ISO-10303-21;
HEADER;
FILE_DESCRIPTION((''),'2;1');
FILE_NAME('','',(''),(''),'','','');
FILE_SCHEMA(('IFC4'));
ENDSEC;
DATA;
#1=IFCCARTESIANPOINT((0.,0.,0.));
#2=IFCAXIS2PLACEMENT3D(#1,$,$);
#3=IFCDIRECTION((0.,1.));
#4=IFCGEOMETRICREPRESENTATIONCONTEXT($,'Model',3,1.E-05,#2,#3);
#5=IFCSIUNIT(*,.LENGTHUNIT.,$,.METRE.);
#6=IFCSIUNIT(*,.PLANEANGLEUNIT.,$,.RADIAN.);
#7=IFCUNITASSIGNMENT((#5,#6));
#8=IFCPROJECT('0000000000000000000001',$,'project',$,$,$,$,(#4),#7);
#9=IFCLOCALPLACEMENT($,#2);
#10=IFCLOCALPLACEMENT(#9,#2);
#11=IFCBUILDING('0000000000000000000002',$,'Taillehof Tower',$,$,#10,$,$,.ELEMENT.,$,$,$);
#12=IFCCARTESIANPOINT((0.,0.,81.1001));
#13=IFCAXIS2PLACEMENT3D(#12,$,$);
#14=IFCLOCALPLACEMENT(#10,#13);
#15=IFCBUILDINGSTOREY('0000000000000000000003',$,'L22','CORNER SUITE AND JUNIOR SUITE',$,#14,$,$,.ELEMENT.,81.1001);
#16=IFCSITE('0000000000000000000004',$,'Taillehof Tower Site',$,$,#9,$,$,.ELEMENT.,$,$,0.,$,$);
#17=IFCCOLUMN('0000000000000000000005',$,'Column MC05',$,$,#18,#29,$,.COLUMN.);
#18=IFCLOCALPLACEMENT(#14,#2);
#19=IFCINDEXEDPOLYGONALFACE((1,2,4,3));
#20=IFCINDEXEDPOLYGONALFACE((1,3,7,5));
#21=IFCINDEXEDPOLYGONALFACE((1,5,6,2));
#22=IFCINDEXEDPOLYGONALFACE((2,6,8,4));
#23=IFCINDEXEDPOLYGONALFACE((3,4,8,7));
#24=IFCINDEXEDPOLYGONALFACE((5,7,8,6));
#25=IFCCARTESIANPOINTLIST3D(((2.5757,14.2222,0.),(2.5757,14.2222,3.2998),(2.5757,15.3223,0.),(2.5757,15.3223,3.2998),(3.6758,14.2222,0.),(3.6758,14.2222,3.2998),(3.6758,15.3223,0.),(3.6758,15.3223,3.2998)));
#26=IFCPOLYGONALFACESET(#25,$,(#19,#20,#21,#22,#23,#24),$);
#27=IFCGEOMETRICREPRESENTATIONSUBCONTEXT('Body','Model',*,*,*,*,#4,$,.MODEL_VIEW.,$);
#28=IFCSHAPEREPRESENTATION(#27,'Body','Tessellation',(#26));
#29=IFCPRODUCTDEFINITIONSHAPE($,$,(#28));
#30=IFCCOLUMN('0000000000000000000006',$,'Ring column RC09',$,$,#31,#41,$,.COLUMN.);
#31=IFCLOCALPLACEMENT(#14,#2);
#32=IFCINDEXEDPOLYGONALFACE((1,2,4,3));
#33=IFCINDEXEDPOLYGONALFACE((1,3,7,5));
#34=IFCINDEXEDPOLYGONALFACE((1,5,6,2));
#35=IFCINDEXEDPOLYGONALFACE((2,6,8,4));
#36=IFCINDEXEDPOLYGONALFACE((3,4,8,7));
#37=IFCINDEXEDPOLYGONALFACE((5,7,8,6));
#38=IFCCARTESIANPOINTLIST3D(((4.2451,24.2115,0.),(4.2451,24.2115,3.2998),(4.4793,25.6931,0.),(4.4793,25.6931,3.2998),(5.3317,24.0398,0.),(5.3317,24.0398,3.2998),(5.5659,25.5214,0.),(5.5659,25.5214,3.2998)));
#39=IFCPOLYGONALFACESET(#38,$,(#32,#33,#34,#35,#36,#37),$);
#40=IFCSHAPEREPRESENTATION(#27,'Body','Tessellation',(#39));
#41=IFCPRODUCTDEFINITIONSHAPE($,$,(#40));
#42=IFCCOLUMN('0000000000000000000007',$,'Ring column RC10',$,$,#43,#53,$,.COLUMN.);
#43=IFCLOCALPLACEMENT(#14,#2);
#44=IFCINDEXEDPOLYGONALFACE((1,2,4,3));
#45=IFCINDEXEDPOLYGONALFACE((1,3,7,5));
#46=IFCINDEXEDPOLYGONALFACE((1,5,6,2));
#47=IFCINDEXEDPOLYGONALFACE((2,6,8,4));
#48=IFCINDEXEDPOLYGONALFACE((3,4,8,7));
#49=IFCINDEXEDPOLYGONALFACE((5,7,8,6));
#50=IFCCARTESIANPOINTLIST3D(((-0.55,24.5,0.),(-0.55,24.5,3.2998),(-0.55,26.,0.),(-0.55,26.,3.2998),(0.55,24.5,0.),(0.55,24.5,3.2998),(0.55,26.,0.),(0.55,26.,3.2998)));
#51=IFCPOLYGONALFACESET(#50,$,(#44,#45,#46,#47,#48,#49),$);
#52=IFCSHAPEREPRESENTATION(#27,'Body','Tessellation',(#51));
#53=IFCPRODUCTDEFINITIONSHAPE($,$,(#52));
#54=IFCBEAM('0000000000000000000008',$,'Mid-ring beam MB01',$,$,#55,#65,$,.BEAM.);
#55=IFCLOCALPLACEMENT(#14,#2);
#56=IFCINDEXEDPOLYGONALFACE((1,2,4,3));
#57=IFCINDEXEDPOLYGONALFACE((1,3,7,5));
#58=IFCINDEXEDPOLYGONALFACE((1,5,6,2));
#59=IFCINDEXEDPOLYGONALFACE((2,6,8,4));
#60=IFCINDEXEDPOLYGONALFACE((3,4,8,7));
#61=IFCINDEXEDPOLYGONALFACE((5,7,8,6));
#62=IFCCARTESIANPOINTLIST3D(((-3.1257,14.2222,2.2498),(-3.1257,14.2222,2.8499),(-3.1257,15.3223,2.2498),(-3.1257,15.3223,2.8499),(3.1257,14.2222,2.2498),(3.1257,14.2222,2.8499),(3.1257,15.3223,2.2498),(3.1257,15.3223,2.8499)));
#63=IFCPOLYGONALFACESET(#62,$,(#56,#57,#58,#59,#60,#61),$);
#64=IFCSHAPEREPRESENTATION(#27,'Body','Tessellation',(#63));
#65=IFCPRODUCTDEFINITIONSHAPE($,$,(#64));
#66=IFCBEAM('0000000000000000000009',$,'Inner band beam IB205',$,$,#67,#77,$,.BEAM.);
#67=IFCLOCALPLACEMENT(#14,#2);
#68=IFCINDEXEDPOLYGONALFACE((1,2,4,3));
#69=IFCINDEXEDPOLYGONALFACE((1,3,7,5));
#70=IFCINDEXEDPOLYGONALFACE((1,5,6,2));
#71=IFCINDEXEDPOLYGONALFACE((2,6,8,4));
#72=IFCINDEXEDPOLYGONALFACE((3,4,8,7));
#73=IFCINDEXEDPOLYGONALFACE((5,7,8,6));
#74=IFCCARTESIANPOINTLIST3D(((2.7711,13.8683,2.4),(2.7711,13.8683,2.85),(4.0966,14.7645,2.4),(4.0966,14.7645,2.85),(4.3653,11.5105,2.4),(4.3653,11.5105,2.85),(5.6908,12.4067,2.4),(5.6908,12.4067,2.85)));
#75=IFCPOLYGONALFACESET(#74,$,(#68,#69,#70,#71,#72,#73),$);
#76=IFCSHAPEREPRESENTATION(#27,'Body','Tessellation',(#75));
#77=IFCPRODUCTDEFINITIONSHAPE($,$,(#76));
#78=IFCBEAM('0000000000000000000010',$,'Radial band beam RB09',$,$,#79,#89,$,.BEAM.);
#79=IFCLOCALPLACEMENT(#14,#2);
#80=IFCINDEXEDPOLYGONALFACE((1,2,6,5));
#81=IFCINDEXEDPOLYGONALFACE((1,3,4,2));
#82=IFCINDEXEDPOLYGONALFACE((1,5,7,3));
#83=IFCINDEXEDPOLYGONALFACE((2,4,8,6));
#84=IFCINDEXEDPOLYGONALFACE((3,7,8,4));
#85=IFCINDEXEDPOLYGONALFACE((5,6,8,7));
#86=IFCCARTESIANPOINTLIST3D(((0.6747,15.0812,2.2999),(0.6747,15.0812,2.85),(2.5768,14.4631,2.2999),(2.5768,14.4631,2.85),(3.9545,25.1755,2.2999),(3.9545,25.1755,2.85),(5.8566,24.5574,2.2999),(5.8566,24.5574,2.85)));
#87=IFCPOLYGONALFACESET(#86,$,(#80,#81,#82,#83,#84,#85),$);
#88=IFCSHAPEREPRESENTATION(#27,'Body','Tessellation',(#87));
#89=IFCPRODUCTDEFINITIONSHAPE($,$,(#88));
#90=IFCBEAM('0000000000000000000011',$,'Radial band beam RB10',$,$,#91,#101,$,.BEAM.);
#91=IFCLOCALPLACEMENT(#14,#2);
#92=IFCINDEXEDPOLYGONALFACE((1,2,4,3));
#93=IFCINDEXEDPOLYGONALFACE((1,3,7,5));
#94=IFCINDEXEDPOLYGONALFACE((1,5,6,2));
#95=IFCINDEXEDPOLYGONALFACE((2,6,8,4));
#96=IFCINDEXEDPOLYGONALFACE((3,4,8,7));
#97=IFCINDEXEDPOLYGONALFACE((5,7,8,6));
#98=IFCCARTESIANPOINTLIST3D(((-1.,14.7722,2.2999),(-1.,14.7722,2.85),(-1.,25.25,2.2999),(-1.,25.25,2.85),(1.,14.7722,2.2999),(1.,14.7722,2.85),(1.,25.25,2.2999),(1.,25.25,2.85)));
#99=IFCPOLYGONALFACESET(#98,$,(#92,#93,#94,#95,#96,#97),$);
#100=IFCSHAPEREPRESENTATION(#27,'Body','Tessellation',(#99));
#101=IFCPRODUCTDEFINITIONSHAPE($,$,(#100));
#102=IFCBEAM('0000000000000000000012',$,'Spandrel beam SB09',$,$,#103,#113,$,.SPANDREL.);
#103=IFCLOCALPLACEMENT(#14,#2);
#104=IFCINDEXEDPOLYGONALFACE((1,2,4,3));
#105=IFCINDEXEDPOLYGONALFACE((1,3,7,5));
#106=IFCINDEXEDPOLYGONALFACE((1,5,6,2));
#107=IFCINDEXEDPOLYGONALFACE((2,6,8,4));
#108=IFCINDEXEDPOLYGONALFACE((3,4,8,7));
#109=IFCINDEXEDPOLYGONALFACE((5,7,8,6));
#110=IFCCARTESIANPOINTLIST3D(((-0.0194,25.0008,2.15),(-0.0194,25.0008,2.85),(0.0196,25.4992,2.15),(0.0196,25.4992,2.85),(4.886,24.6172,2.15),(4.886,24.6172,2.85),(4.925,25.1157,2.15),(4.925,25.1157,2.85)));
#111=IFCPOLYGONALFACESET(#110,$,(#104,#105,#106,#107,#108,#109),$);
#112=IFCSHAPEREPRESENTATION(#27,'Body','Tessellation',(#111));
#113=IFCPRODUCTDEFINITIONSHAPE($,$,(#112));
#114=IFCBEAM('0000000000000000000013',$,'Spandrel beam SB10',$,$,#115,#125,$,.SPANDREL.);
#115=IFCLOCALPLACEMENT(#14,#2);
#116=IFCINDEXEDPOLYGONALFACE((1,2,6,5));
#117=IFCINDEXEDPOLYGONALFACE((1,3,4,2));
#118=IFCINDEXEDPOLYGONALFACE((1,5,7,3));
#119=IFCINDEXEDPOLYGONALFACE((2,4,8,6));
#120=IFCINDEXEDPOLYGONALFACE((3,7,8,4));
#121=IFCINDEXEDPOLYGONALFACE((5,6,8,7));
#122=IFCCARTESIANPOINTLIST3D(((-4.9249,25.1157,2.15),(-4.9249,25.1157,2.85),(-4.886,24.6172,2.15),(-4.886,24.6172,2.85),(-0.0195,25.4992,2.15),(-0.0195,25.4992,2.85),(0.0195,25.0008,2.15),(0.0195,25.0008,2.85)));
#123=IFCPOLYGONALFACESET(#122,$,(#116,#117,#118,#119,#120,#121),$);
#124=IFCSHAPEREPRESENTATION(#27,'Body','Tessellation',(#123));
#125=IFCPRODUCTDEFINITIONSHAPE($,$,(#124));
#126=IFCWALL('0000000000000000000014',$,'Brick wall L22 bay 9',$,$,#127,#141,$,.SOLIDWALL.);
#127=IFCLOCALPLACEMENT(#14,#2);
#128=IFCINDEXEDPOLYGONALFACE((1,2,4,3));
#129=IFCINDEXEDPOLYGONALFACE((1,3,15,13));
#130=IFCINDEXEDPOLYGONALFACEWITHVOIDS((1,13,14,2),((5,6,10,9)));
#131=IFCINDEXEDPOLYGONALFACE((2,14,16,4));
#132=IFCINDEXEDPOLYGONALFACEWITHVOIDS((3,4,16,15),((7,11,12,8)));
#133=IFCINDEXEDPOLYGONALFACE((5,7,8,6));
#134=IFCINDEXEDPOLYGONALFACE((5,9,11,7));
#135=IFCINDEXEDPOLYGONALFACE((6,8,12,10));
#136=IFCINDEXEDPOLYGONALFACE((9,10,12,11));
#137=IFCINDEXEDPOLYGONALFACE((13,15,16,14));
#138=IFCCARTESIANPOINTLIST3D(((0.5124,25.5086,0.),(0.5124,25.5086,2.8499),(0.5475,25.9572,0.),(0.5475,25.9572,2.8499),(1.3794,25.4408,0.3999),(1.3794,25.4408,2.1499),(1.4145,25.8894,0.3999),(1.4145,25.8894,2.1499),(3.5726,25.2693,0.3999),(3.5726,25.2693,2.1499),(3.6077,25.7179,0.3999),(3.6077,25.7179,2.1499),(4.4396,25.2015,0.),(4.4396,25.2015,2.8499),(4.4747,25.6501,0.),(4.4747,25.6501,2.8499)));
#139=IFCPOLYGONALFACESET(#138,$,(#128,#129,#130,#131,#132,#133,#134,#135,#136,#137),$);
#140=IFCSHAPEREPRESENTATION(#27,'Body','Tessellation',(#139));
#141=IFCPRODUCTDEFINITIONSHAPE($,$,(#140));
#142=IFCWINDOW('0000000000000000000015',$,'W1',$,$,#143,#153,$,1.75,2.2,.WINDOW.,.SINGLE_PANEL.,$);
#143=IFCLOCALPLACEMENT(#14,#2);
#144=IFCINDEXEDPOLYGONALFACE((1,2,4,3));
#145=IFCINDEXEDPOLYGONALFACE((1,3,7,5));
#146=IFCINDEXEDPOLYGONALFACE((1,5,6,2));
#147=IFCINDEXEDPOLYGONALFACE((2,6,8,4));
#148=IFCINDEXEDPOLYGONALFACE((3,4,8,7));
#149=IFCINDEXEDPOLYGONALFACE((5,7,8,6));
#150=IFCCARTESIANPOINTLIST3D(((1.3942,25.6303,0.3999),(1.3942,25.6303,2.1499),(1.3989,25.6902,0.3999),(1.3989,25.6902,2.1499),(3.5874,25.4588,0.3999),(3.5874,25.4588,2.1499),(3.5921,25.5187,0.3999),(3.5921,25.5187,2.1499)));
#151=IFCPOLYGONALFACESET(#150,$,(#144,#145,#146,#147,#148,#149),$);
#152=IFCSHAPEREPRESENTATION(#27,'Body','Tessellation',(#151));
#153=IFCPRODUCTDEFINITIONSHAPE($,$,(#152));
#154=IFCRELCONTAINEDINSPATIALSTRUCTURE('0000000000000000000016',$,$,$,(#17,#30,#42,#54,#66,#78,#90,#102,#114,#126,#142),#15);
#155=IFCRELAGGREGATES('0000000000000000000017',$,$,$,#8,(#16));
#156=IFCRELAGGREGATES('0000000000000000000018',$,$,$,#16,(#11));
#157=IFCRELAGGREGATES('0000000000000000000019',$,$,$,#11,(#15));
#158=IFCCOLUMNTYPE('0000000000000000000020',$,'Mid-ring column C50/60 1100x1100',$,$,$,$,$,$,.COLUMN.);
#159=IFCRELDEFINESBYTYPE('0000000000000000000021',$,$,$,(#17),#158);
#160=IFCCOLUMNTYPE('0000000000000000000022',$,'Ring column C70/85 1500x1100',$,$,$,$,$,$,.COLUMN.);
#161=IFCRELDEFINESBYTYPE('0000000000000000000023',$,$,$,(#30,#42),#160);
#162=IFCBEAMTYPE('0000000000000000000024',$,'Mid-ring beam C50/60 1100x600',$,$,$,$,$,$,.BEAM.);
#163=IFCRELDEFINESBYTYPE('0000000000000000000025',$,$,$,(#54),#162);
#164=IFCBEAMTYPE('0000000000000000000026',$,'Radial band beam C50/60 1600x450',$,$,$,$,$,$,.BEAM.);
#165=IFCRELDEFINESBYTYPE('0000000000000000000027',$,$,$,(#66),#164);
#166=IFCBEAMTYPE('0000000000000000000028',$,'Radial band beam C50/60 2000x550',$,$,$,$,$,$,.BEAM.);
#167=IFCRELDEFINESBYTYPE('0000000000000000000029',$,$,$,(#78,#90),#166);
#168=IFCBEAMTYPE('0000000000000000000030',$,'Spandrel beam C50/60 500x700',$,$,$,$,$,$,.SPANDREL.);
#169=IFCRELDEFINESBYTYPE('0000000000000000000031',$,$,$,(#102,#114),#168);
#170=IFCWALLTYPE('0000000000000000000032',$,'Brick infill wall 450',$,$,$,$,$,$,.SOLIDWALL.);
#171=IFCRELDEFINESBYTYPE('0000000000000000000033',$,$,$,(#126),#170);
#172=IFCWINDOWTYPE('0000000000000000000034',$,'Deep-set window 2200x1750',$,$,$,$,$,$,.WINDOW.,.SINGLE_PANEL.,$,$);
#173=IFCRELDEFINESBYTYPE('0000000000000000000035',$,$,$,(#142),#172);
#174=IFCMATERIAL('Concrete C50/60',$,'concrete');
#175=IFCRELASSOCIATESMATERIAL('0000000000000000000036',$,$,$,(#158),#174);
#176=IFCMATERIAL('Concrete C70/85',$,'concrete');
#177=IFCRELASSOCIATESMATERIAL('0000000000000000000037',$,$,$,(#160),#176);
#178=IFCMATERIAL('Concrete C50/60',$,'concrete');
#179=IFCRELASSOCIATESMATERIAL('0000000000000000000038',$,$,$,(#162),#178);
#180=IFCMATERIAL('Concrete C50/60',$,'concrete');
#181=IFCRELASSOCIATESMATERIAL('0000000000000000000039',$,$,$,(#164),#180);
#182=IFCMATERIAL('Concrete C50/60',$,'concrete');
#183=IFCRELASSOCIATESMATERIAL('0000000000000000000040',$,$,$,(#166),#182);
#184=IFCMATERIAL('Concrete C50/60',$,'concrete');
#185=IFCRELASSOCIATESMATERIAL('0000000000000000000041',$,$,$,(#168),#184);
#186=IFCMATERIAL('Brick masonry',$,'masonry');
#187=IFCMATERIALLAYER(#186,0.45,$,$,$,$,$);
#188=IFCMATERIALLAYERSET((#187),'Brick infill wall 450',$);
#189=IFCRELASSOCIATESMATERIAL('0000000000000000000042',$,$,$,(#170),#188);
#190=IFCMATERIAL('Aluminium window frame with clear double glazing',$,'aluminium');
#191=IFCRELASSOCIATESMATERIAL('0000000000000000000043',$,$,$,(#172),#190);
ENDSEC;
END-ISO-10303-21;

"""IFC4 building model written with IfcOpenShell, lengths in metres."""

from ifc_helpers import new_model, si_unit, direction, frame, frame_2d, origin, origin_2d, place, context, subcontext, project, spatial, rectangle, extrude, material, layer, layer_set, material_profile, profile_set, type_object, element, fill, save


model = new_model("IFC4")

# Units and contexts
model_context = context("Model", 3, precision=1e-05, world=origin(), true_north=direction((0.0, 1.0)))
body_context = subcontext(model_context, "Body", "Model", "MODEL_VIEW")
ifc_project = project(units=[si_unit("LENGTHUNIT", "METRE"), si_unit("PLANEANGLEUNIT", "RADIAN")], contexts=[model_context])

# Site, building, storey
site_placement = place(None, origin())
site = spatial("IfcSite", under=ifc_project, at=site_placement, Name="Taillehof Tower Site", CompositionType="ELEMENT", RefElevation=0.0)
building_placement = place(site_placement, origin())
building = spatial("IfcBuilding", under=site, at=building_placement, Name="Taillehof Tower", CompositionType="ELEMENT")
storey_placement = place(building_placement, frame((0.0, 0.0, 81.1001)))
storey = spatial("IfcBuildingStorey", under=building, at=storey_placement, Name="L22", Description="CORNER SUITE AND JUNIOR SUITE", CompositionType="ELEMENT", Elevation=81.1001)

# Columns
ifc_material_1 = material(Name="Concrete C50/60", Category="concrete")
ifc_material_profile_1 = material_profile(ifc_material_1, rectangle(XDim=1.1001, YDim=1.1001, at=origin_2d()), Name="RC 1100x1100")
ifc_profile_set_1 = profile_set([ifc_material_profile_1], Name="Concrete C50/60")
column_type_1 = type_object("IfcColumnType", Name="Mid-ring column C50/60 1100x1100", PredefinedType="COLUMN", material=ifc_profile_set_1)
column_placement = place(storey_placement, frame((3.1257, 14.7722, 0.0), z_axis=(0.0, 0.0, 1.0), x_axis=(1.0, 0.0, 0.0)))
element("IfcColumn", 1, at=column_placement, inside=storey, type_object=column_type_1, Name="Column MC05", PredefinedType="COLUMN", context=body_context, shape_type="SweptSolid", body=[
    extrude(rectangle(XDim=1.1001, YDim=1.1001, at=origin_2d()), origin(), (0.0, 0.0, 1.0), 3.2998),
])
ifc_material_2 = material(Name="Concrete C70/85", Category="concrete")
ifc_material_profile_2 = material_profile(ifc_material_2, rectangle(XDim=1.5, YDim=1.1001, at=origin_2d()), Name="RC 1500x1100")
ifc_profile_set_2 = profile_set([ifc_material_profile_2], Name="Concrete C70/85")
column_type_2 = type_object("IfcColumnType", Name="Ring column C70/85 1500x1100", PredefinedType="COLUMN", material=ifc_profile_set_2)
for number, where, z_axis, x_axis, name in (
    (2, (4.9055, 24.8665, 0.0), (0.0, 0.0, 1.0), (0.156147, 0.987734, 0.0), "Ring column RC09"),
    (3, (0.0, 25.25, 0.0), (0.0, 0.0, 1.0), (0.0, 1.0, 0.0), "Ring column RC10"),
):
    element("IfcColumn", number, at=place(storey_placement, frame(where, z_axis=z_axis, x_axis=x_axis)), inside=storey, type_object=column_type_2, Name=name, PredefinedType="COLUMN", context=body_context, shape_type="SweptSolid", body=[
        extrude(rectangle(XDim=1.5, YDim=1.1001, at=origin_2d()), origin(), (0.0, 0.0, 1.0), 3.2998),
    ])

# Beams
ifc_material_3 = material(Name="Concrete C50/60", Category="concrete")
ifc_material_profile_3 = material_profile(ifc_material_3, rectangle(XDim=1.1001, YDim=0.6001, at=origin_2d()), Name="RC 1100x600")
ifc_profile_set_3 = profile_set([ifc_material_profile_3], Name="Concrete C50/60")
beam_type_1 = type_object("IfcBeamType", Name="Mid-ring beam C50/60 1100x600", PredefinedType="BEAM", material=ifc_profile_set_3)
beam_1_placement = place(storey_placement, frame((3.1257, 14.7722, 2.5498), z_axis=(-1.0, 0.0, 0.0), x_axis=(0.0, -1.0, 0.0)))
element("IfcBeam", 4, at=beam_1_placement, inside=storey, type_object=beam_type_1, Name="Mid-ring beam MB01", PredefinedType="BEAM", context=body_context, shape_type="SweptSolid", body=[
    extrude(rectangle(XDim=1.1001, YDim=0.6001, at=origin_2d()), origin(), (0.0, 0.0, 1.0), 6.2515),
])
ifc_material_4 = material(Name="Concrete C50/60", Category="concrete")
ifc_material_profile_4 = material_profile(ifc_material_4, rectangle(XDim=1.6001, YDim=0.45, at=origin_2d()), Name="RC 1600x450")
ifc_profile_set_4 = profile_set([ifc_material_profile_4], Name="Concrete C50/60")
beam_type_2 = type_object("IfcBeamType", Name="Radial band beam C50/60 1600x450", PredefinedType="BEAM", material=ifc_profile_set_4)
beam_2_placement = place(storey_placement, frame((3.4338, 14.3164, 2.625), z_axis=(0.560112, -0.828417, 0.0), x_axis=(0.828417, 0.560112, 0.0)))
element("IfcBeam", 5, at=beam_2_placement, inside=storey, type_object=beam_type_2, Name="Inner band beam IB205", PredefinedType="BEAM", context=body_context, shape_type="SweptSolid", body=[
    extrude(rectangle(XDim=1.6001, YDim=0.45, at=origin_2d()), origin(), (0.0, 0.0, 1.0), 2.8462),
])
ifc_material_5 = material(Name="Concrete C50/60", Category="concrete")
ifc_material_profile_5 = material_profile(ifc_material_5, rectangle(XDim=2.0, YDim=0.55, at=origin_2d()), Name="RC 2000x550")
ifc_profile_set_5 = profile_set([ifc_material_profile_5], Name="Concrete C50/60")
beam_type_3 = type_object("IfcBeamType", Name="Radial band beam C50/60 2000x550", PredefinedType="BEAM", material=ifc_profile_set_5)
beam_3_placement = place(storey_placement, frame((4.9055, 24.8665, 2.575), z_axis=(-0.309014, -0.951057, 0.0), x_axis=(0.951057, -0.309014, 0.0)))
element("IfcBeam", 6, at=beam_3_placement, inside=storey, type_object=beam_type_3, Name="Radial band beam RB09", PredefinedType="BEAM", context=body_context, shape_type="SweptSolid", body=[
    extrude(rectangle(XDim=2.0, YDim=0.55, at=origin_2d()), origin(), (0.0, 0.0, 1.0), 10.6138),
])
beam_4_placement = place(storey_placement, frame((0.0, 25.25, 2.575), z_axis=(0.0, -1.0, 0.0), x_axis=(1.0, 0.0, 0.0)))
element("IfcBeam", 7, at=beam_4_placement, inside=storey, type_object=beam_type_3, Name="Radial band beam RB10", PredefinedType="BEAM", context=body_context, shape_type="SweptSolid", body=[
    extrude(rectangle(XDim=2.0, YDim=0.55, at=origin_2d()), origin(), (0.0, 0.0, 1.0), 10.4778),
])
ifc_material_6 = material(Name="Concrete C50/60", Category="concrete")
ifc_material_profile_6 = material_profile(ifc_material_6, rectangle(XDim=0.5, YDim=0.7, at=origin_2d()), Name="RC 500x700")
ifc_profile_set_6 = profile_set([ifc_material_profile_6], Name="Concrete C50/60")
beam_type_4 = type_object("IfcBeamType", Name="Spandrel beam C50/60 500x700", PredefinedType="SPANDREL", material=ifc_profile_set_6)
for number, where, z_axis, x_axis, name in (
    (8, (4.9055, 24.8665, 2.5), (-0.996957, 0.077949, 0.0), (-0.077949, -0.996957, 0.0), "Spandrel beam SB09"),
    (9, (0.0, 25.25, 2.5), (-0.996957, -0.077949, 0.0), (0.077949, -0.996957, 0.0), "Spandrel beam SB10"),
):
    element("IfcBeam", number, at=place(storey_placement, frame(where, z_axis=z_axis, x_axis=x_axis)), inside=storey, type_object=beam_type_4, Name=name, PredefinedType="SPANDREL", context=body_context, shape_type="SweptSolid", body=[
        extrude(rectangle(XDim=0.5, YDim=0.7, at=origin_2d()), origin(), (0.0, 0.0, 1.0), 4.9204),
    ])

# Wall, opening, window
ifc_material_7 = material(Name="Brick masonry", Category="masonry")
ifc_layer_1 = layer(ifc_material_7, 0.45)
ifc_layer_set_1 = layer_set([ifc_layer_1], Name="Brick infill wall 450")
wall_type_1 = type_object("IfcWallType", Name="Brick infill wall 450", PredefinedType="SOLIDWALL", material=ifc_layer_set_1)
wall_1_placement = place(storey_placement, frame((4.4573, 25.4258, 0.0), z_axis=(0.0, 0.0, 1.0), x_axis=(-0.996956, 0.077967, 0.0)))
wall_1 = element("IfcWall", 10, at=wall_1_placement, inside=storey, type_object=wall_type_1, Name="Brick wall L22 bay 9", PredefinedType="SOLIDWALL", context=body_context, shape_type="SweptSolid", body=[
    extrude(rectangle(XDim=3.9392, YDim=0.45, at=frame_2d((1.9697, 0.0))), origin(), (0.0, 0.0, 1.0), 2.8499),
])
opening_1_placement = place(wall_1_placement, frame((0.8696, 0.0, 0.3999)))
opening_1 = element("IfcOpeningElement", 11, at=opening_1_placement, cuts=wall_1, PredefinedType="OPENING", context=body_context, shape_type="SweptSolid", body=[
    extrude(rectangle(XDim=2.2, YDim=1.75, at=frame_2d((1.1001, 0.875))), frame((0.0, 0.2349, 0.0), z_axis=(0.0, -1.0, 0.0), x_axis=(1.0, 0.0, 0.0)), (0.0, 0.0, 1.0), 0.47),
])
ifc_material_8 = material(Name="Aluminium window frame with clear double glazing", Category="aluminium")
window_type = type_object("IfcWindowType", Name="Deep-set window 2200x1750", PartitioningType="SINGLE_PANEL", PredefinedType="WINDOW", material=ifc_material_8)
window_1_placement = place(opening_1_placement, origin())
window_1 = element("IfcWindow", 12, at=window_1_placement, inside=storey, type_object=window_type, Name="W1", OverallHeight=1.75, OverallWidth=2.2, PartitioningType="SINGLE_PANEL", PredefinedType="WINDOW", context=body_context, shape_type="SweptSolid", body=[
    extrude(rectangle(XDim=2.2, YDim=1.75, at=frame_2d((1.1001, 0.875))), frame((0.0, 0.0349, 0.0), z_axis=(0.0, -1.0, 0.0), x_axis=(1.0, 0.0, 0.0)), (0.0, 0.0, 1.0), 0.0601),
])
fill(opening_1, window_1)

save(model, "model.ifc")
